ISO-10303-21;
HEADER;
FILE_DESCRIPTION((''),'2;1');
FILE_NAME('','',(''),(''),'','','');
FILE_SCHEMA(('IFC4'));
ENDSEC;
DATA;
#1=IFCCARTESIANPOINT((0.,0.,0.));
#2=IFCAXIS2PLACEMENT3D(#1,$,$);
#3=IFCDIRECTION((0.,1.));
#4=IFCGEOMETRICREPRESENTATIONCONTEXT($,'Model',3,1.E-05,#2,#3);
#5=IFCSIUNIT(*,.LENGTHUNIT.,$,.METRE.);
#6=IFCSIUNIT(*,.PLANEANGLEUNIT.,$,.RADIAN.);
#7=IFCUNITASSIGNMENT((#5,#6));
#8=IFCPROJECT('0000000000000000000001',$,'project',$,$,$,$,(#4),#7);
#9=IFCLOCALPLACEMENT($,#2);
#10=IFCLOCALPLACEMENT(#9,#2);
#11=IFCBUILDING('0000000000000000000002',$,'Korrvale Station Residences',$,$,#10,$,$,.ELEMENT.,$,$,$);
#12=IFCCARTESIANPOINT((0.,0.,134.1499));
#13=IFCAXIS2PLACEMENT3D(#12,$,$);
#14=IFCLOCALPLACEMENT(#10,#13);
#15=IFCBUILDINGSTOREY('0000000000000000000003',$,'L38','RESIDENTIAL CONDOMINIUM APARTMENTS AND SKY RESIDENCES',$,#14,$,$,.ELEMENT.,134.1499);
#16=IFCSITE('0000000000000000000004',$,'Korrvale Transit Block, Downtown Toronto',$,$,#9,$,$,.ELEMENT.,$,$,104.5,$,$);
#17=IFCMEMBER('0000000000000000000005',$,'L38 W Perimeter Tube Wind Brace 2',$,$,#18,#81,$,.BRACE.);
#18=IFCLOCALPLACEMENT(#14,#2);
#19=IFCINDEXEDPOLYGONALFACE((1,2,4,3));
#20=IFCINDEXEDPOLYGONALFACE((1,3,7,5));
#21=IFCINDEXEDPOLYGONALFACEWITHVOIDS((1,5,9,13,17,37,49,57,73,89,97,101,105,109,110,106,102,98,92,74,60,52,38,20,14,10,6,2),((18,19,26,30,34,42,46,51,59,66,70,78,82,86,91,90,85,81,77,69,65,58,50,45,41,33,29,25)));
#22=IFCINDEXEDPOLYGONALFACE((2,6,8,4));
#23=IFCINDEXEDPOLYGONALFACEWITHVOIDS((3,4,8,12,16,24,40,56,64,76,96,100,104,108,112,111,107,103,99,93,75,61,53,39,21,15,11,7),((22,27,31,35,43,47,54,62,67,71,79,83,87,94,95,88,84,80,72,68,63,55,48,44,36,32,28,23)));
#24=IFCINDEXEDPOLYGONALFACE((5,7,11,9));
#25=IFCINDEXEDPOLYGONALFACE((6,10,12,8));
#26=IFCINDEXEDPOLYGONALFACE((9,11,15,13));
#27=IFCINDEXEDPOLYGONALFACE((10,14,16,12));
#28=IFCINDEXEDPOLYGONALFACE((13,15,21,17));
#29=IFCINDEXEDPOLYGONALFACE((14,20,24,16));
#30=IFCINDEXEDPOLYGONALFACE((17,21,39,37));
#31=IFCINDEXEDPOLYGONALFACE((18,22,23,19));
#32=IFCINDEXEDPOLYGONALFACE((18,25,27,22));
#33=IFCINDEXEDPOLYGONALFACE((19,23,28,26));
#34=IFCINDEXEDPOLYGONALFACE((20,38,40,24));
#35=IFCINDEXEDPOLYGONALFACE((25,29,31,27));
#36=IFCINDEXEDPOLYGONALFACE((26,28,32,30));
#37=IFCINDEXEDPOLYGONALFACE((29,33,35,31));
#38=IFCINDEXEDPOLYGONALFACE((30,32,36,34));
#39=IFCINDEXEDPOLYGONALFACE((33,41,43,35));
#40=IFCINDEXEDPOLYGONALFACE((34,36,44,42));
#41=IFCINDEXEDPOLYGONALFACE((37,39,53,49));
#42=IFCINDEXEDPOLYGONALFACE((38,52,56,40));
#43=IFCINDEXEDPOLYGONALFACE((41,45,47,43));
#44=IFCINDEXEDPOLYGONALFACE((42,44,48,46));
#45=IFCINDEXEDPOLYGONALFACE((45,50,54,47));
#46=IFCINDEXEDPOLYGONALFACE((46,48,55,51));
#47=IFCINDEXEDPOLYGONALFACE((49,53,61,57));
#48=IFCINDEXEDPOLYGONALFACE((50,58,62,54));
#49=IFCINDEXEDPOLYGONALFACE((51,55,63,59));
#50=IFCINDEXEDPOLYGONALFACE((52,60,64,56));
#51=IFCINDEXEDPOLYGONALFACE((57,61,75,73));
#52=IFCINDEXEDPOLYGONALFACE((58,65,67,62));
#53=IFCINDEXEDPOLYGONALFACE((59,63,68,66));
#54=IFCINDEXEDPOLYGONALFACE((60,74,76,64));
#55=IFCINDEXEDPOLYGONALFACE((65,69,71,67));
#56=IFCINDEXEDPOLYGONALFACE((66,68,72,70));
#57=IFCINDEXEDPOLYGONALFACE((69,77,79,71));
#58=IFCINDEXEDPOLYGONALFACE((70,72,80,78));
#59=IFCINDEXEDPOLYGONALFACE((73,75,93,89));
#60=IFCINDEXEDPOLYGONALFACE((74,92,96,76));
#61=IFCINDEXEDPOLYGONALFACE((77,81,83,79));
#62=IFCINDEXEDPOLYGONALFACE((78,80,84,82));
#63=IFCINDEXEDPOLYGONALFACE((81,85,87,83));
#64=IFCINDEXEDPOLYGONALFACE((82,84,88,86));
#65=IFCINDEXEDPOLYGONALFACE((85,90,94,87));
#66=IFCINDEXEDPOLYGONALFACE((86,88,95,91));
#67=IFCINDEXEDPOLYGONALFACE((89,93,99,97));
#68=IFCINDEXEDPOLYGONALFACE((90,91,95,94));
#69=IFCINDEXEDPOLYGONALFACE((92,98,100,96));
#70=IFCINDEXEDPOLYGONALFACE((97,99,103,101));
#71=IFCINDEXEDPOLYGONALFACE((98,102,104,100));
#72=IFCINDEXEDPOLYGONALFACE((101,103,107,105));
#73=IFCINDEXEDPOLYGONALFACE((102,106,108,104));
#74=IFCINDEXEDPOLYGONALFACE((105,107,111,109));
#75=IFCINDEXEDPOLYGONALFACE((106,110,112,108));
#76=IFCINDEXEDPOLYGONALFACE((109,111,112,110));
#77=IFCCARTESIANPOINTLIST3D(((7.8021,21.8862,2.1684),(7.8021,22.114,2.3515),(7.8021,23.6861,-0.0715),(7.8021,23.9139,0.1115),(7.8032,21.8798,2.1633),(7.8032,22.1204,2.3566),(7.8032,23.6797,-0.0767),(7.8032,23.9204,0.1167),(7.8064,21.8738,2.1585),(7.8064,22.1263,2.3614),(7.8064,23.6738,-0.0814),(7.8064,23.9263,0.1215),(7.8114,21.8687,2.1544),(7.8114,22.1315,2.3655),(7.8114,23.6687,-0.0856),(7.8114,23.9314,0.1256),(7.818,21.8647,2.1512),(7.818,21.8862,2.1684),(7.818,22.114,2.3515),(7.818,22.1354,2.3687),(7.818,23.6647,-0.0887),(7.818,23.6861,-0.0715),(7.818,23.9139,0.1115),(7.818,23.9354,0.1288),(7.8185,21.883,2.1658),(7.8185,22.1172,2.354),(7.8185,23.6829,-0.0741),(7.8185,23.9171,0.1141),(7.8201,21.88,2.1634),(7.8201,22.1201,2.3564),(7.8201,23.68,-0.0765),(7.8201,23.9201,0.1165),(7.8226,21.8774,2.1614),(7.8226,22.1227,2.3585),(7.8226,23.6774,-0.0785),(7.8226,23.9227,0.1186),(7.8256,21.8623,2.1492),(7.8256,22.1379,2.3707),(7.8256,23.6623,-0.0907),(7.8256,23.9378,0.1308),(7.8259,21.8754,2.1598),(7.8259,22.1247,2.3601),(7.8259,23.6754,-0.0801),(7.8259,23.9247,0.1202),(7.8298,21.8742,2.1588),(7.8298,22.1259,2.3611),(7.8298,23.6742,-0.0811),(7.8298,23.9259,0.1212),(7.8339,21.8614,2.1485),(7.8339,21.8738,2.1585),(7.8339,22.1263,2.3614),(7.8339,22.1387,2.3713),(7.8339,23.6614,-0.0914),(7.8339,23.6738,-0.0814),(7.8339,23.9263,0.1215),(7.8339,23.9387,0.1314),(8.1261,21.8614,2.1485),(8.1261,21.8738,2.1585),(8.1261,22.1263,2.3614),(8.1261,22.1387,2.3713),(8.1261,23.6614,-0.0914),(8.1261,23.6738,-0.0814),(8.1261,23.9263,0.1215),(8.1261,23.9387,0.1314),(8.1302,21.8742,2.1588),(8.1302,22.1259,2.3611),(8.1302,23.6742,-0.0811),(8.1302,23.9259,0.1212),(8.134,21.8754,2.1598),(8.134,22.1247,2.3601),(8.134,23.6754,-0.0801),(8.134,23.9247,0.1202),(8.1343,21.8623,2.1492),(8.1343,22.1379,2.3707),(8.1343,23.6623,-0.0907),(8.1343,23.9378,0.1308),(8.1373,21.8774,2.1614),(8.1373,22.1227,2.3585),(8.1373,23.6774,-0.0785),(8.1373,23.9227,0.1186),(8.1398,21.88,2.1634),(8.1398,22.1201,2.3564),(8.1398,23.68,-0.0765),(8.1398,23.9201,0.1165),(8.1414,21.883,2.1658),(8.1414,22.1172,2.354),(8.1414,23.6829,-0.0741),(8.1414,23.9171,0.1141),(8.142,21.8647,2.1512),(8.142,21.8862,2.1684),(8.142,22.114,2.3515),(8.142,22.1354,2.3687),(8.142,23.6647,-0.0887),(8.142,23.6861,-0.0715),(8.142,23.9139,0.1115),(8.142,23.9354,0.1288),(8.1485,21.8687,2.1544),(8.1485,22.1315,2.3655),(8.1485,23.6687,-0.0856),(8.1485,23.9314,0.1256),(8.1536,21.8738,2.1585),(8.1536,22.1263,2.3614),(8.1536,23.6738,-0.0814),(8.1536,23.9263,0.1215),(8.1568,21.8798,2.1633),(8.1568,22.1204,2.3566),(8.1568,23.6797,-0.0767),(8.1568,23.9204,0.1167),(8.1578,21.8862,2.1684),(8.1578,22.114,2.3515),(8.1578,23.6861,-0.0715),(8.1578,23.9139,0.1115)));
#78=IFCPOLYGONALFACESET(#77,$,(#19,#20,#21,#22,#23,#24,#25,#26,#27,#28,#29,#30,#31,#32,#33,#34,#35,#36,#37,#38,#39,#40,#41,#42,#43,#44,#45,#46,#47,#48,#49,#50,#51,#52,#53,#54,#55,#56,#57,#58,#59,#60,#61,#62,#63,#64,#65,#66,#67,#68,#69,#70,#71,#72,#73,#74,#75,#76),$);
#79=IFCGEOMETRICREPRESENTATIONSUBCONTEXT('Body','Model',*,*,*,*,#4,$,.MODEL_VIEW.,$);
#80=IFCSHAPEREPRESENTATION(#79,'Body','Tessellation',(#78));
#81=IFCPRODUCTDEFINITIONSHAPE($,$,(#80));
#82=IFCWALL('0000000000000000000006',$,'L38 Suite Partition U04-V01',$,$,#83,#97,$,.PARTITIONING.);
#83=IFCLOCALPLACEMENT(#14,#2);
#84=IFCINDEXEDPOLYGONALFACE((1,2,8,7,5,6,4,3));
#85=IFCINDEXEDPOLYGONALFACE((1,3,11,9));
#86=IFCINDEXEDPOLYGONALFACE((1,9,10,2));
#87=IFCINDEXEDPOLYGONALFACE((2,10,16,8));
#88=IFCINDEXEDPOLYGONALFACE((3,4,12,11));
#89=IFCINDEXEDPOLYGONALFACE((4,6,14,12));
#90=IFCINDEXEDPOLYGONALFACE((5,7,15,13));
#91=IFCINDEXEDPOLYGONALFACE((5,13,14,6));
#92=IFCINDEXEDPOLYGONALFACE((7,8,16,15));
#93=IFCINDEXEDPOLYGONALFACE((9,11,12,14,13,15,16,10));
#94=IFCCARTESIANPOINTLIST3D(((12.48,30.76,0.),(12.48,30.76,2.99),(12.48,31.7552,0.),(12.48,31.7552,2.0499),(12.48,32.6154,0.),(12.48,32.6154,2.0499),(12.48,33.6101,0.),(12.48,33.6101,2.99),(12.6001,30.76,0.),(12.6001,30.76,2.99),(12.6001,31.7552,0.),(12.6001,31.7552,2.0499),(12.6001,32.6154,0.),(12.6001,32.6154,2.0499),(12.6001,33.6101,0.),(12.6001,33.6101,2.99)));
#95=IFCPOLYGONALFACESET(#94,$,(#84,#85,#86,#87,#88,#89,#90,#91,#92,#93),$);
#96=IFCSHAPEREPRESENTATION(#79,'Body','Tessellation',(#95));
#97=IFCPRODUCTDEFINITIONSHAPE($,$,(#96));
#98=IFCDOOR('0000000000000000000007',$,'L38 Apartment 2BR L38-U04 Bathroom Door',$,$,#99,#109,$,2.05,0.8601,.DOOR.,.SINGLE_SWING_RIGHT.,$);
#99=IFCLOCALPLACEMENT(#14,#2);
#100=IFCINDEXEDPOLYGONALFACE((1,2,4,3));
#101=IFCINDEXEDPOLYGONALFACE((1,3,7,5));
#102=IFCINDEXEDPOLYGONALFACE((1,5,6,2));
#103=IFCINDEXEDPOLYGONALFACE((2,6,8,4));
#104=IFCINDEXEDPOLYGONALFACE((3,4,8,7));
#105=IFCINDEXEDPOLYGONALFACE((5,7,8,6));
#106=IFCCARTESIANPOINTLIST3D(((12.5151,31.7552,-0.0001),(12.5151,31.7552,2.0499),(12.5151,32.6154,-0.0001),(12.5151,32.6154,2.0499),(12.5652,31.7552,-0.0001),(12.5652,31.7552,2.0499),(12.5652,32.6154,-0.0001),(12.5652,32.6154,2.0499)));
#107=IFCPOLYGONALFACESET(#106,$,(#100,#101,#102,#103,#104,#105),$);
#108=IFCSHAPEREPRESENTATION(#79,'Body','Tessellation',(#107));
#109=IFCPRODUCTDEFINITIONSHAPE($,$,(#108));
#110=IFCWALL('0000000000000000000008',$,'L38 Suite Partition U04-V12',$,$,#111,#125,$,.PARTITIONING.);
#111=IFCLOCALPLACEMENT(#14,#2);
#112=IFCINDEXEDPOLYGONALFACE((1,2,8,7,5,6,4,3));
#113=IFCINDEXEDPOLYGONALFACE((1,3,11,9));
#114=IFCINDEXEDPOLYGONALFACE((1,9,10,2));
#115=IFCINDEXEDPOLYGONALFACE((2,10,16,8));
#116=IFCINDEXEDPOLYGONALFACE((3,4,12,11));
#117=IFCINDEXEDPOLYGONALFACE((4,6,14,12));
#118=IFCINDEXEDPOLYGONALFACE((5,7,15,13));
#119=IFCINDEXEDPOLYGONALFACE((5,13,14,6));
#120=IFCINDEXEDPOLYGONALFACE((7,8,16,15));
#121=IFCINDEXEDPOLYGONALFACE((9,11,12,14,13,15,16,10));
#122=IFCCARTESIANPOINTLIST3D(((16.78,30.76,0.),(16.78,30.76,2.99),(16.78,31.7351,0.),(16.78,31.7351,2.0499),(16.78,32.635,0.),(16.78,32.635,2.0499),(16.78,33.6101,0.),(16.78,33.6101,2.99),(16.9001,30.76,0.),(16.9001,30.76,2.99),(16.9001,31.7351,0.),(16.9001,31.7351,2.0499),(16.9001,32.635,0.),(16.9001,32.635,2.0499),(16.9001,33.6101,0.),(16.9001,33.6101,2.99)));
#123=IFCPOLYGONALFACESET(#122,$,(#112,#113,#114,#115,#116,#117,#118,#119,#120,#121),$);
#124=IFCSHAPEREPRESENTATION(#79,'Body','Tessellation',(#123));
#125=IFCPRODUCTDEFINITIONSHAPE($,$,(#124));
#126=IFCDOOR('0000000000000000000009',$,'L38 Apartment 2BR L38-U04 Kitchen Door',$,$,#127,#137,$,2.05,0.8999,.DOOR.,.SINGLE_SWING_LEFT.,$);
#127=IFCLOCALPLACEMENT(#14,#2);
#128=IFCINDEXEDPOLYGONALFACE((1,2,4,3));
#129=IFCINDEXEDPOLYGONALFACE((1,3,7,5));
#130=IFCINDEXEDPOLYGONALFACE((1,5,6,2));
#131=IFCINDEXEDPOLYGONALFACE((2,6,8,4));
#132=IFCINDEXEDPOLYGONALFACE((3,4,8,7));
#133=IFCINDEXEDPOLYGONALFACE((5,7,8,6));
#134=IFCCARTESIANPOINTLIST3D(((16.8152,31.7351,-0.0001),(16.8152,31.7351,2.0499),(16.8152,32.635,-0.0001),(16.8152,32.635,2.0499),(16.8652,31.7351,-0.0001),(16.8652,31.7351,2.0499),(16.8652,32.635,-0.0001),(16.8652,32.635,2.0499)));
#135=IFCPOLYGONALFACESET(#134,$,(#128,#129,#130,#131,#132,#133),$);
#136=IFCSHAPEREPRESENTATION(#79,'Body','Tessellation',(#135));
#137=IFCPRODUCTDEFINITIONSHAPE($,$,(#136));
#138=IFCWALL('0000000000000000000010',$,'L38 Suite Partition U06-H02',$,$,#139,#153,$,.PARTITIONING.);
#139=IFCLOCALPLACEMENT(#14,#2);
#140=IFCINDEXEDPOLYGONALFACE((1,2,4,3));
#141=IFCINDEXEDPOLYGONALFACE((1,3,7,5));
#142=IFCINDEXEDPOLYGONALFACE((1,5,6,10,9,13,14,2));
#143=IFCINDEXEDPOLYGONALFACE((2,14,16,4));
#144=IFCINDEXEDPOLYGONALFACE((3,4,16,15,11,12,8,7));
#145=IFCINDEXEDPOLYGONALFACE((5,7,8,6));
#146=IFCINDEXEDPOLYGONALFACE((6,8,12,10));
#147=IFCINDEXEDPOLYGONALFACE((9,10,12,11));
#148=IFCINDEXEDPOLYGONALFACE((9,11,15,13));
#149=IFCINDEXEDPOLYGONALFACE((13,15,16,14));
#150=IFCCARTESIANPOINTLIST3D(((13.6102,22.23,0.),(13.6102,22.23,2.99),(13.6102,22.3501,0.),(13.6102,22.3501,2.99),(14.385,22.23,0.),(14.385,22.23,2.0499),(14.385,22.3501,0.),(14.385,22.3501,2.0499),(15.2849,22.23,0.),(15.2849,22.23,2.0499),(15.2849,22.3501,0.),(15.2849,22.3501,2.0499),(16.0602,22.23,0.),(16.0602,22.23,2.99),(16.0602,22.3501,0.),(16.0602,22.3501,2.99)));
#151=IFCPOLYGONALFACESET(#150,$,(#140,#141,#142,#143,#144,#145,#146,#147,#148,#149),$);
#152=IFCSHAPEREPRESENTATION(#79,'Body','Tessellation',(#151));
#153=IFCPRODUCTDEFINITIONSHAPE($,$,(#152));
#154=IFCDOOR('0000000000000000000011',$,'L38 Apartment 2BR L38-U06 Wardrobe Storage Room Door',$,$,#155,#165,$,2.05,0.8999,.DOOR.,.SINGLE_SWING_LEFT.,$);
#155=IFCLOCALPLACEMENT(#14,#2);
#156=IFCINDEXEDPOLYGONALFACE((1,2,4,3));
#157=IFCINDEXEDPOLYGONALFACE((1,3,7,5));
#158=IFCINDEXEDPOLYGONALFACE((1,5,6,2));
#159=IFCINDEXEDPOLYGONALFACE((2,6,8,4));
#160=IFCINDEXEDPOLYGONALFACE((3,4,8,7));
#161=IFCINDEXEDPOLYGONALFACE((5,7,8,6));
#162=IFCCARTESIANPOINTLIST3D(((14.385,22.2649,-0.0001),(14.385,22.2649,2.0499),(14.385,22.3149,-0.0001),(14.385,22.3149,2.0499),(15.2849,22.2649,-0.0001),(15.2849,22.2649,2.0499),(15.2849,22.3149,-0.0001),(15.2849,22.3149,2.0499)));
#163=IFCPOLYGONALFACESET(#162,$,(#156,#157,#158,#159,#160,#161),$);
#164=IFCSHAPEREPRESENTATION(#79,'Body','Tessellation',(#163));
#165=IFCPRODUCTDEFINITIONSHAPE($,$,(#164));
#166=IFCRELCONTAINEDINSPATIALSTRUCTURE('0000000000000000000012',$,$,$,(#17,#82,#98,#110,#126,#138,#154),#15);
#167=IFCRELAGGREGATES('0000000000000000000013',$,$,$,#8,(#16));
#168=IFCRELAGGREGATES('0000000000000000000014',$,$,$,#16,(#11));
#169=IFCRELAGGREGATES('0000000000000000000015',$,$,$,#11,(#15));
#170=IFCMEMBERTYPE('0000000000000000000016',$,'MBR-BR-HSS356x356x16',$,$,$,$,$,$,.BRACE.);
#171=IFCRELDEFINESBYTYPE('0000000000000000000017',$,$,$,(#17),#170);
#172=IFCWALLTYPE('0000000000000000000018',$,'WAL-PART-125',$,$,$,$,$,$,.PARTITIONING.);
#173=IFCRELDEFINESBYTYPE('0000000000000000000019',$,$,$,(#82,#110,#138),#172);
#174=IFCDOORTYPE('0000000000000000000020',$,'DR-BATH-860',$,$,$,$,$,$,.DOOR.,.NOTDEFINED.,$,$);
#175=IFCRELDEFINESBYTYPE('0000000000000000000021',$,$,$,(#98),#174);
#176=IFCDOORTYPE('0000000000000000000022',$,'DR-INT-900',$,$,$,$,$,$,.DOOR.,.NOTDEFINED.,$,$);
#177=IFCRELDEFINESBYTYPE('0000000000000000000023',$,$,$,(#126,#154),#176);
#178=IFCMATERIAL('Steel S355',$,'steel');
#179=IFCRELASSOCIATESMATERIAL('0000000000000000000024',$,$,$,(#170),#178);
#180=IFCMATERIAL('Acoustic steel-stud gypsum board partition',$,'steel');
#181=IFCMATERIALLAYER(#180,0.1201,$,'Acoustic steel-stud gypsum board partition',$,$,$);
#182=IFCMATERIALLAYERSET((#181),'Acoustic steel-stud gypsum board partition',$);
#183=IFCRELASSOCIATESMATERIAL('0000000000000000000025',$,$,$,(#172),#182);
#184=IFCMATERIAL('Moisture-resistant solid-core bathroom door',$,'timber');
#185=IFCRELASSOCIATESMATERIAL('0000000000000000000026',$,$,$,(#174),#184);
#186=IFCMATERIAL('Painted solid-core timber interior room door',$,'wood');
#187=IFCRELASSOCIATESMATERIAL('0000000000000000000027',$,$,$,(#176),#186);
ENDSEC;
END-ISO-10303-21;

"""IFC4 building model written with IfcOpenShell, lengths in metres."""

from ifc_helpers import new_model, si_unit, direction, frame, frame_2d, origin, origin_2d, place, context, subcontext, project, spatial, rectangle, hollow_rectangle, extrude, material, layer, layer_set, material_profile, profile_set, type_object, element, fill, save


model = new_model("IFC4")

# Units and contexts
model_context = context("Model", 3, precision=1e-05, world=origin(), true_north=direction((0.0, 1.0)))
body_context = subcontext(model_context, "Body", "Model", "MODEL_VIEW")
ifc_project = project(units=[si_unit("LENGTHUNIT", "METRE"), si_unit("PLANEANGLEUNIT", "RADIAN")], contexts=[model_context])

# Site, building, storey
site_placement = place(None, origin())
site = spatial("IfcSite", under=ifc_project, at=site_placement, Name="Korrvale Transit Block, Downtown Toronto", CompositionType="ELEMENT", RefElevation=104.5)
building_placement = place(site_placement, origin())
building = spatial("IfcBuilding", under=site, at=building_placement, Name="Korrvale Station Residences", CompositionType="ELEMENT")
storey_placement = place(building_placement, frame((0.0, 0.0, 134.1499)))
storey = spatial("IfcBuildingStorey", under=building, at=storey_placement, Name="L38", Description="RESIDENTIAL CONDOMINIUM APARTMENTS AND SKY RESIDENCES", CompositionType="ELEMENT", Elevation=134.1499)

# Shared definitions
ifc_material_1 = material(Name="Steel S355", Category="steel")

# Member
ifc_material_profile_1 = material_profile(ifc_material_1, hollow_rectangle(XDim=0.3557, YDim=0.3557, WallThickness=0.0159, InnerFilletRadius=0.0159, OuterFilletRadius=0.0317, at=origin_2d()), Name="HSS356x356x16")
ifc_profile_set_1 = profile_set([ifc_material_profile_1], Name="Steel S355")
member_type = type_object("IfcMemberType", Name="MBR-BR-HSS356x356x16", PredefinedType="BRACE", material=ifc_profile_set_1)
member_placement = place(storey_placement, frame((7.98, 23.8, 0.02), z_axis=(0.0, -0.626403, 0.779499), x_axis=(1.0, 0.0, 0.0)))
element("IfcMember", 1, at=member_placement, inside=storey, type_object=member_type, Name="L38 W Perimeter Tube Wind Brace 2", PredefinedType="BRACE", context=body_context, shape_type="SweptSolid", body=[
    extrude(hollow_rectangle(XDim=0.3557, YDim=0.3557, WallThickness=0.0159, InnerFilletRadius=0.0159, OuterFilletRadius=0.0317, at=origin_2d()), origin(), (0.0, 0.0, 1.0), 2.8735),
])

# Walls, openings, doors
ifc_material_2 = material(Name="Acoustic steel-stud gypsum board partition", Category="steel")
ifc_layer_1 = layer(ifc_material_2, 0.1201, Name="Acoustic steel-stud gypsum board partition")
ifc_layer_set_1 = layer_set([ifc_layer_1], Name="Acoustic steel-stud gypsum board partition")
wall_type_1 = type_object("IfcWallType", Name="WAL-PART-125", PredefinedType="PARTITIONING", material=ifc_layer_set_1)
wall_1_placement = place(storey_placement, frame((12.54, 30.76, 0.0), z_axis=(0.0, 0.0, 1.0), x_axis=(0.0, 1.0, 0.0)))
wall_1 = element("IfcWall", 2, at=wall_1_placement, inside=storey, type_object=wall_type_1, Name="L38 Suite Partition U04-V01", PredefinedType="PARTITIONING", context=body_context, shape_type="SweptSolid", body=[
    extrude(rectangle(XDim=2.8501, YDim=0.1201, at=frame_2d((1.425, 0.0))), origin(), (0.0, 0.0, 1.0), 2.99),
])
opening_1_placement = place(wall_1_placement, frame((0.9951, 0.0, 0.0)))
opening_1 = element("IfcOpeningElement", 3, at=opening_1_placement, cuts=wall_1, PredefinedType="OPENING", context=body_context, shape_type="SweptSolid", body=[
    extrude(rectangle(XDim=0.8601, YDim=2.05, at=frame_2d((0.4302, 1.0249))), frame((0.0, 0.0701, 0.0), z_axis=(0.0, -1.0, 0.0), x_axis=(1.0, 0.0, 0.0)), (0.0, 0.0, 1.0), 0.1401),
])
ifc_material_3 = material(Name="Moisture-resistant solid-core bathroom door", Category="timber")
door_type_1 = type_object("IfcDoorType", Name="DR-BATH-860", OperationType="NOTDEFINED", PredefinedType="DOOR", material=ifc_material_3)
door_1_placement = place(opening_1_placement, origin())
door_1 = element("IfcDoor", 4, at=door_1_placement, inside=storey, type_object=door_type_1, Name="L38 Apartment 2BR L38-U04 Bathroom Door", OperationType="SINGLE_SWING_RIGHT", OverallHeight=2.05, OverallWidth=0.8601, PredefinedType="DOOR", context=body_context, shape_type="SweptSolid", body=[
    extrude(rectangle(XDim=0.8601, YDim=2.05, at=frame_2d((0.4302, 1.0249))), frame((0.0, 0.0249, 0.0), z_axis=(0.0, -1.0, 0.0), x_axis=(1.0, 0.0, 0.0)), (0.0, 0.0, 1.0), 0.05),
])
fill(opening_1, door_1)
wall_2_placement = place(storey_placement, frame((16.8401, 30.76, 0.0), z_axis=(0.0, 0.0, 1.0), x_axis=(0.0, 1.0, 0.0)))
wall_2 = element("IfcWall", 5, at=wall_2_placement, inside=storey, type_object=wall_type_1, Name="L38 Suite Partition U04-V12", PredefinedType="PARTITIONING", context=body_context, shape_type="SweptSolid", body=[
    extrude(rectangle(XDim=2.8501, YDim=0.1201, at=frame_2d((1.425, 0.0))), origin(), (0.0, 0.0, 1.0), 2.99),
])
opening_2_placement = place(wall_2_placement, frame((0.9751, 0.0, 0.0)))
opening_2 = element("IfcOpeningElement", 6, at=opening_2_placement, cuts=wall_2, PredefinedType="OPENING", context=body_context, shape_type="SweptSolid", body=[
    extrude(rectangle(XDim=0.8999, YDim=2.05, at=frame_2d((0.45, 1.0249))), frame((0.0, 0.0701, 0.0), z_axis=(0.0, -1.0, 0.0), x_axis=(1.0, 0.0, 0.0)), (0.0, 0.0, 1.0), 0.1401),
])
ifc_material_4 = material(Name="Painted solid-core timber interior room door", Category="wood")
door_type_2 = type_object("IfcDoorType", Name="DR-INT-900", OperationType="NOTDEFINED", PredefinedType="DOOR", material=ifc_material_4)
door_2_placement = place(opening_2_placement, origin())
door_2 = element("IfcDoor", 7, at=door_2_placement, inside=storey, type_object=door_type_2, Name="L38 Apartment 2BR L38-U04 Kitchen Door", OperationType="SINGLE_SWING_LEFT", OverallHeight=2.05, OverallWidth=0.8999, PredefinedType="DOOR", context=body_context, shape_type="SweptSolid", body=[
    extrude(rectangle(XDim=0.8999, YDim=2.05, at=frame_2d((0.45, 1.0249))), frame((0.0, 0.0249, 0.0), z_axis=(0.0, -1.0, 0.0), x_axis=(1.0, 0.0, 0.0)), (0.0, 0.0, 1.0), 0.05),
])
fill(opening_2, door_2)
wall_3_placement = place(storey_placement, frame((13.6101, 22.29, 0.0), z_axis=(0.0, 0.0, 1.0), x_axis=(1.0, 0.0, 0.0)))
wall_3 = element("IfcWall", 8, at=wall_3_placement, inside=storey, type_object=wall_type_1, Name="L38 Suite Partition U06-H02", PredefinedType="PARTITIONING", context=body_context, shape_type="SweptSolid", body=[
    extrude(rectangle(XDim=2.45, YDim=0.1201, at=frame_2d((1.2251, 0.0))), origin(), (0.0, 0.0, 1.0), 2.99),
])
opening_3_placement = place(wall_3_placement, frame((0.7749, 0.0, 0.0)))
opening_3 = element("IfcOpeningElement", 9, at=opening_3_placement, cuts=wall_3, PredefinedType="OPENING", context=body_context, shape_type="SweptSolid", body=[
    extrude(rectangle(XDim=0.8999, YDim=2.05, at=frame_2d((0.45, 1.0249))), frame((0.0, 0.0701, 0.0), z_axis=(0.0, -1.0, 0.0), x_axis=(1.0, 0.0, 0.0)), (0.0, 0.0, 1.0), 0.1401),
])
door_3_placement = place(opening_3_placement, origin())
door_3 = element("IfcDoor", 10, at=door_3_placement, inside=storey, type_object=door_type_2, Name="L38 Apartment 2BR L38-U06 Wardrobe Storage Room Door", OperationType="SINGLE_SWING_LEFT", OverallHeight=2.05, OverallWidth=0.8999, PredefinedType="DOOR", context=body_context, shape_type="SweptSolid", body=[
    extrude(rectangle(XDim=0.8999, YDim=2.05, at=frame_2d((0.45, 1.0249))), frame((0.0, 0.0249, 0.0), z_axis=(0.0, -1.0, 0.0), x_axis=(1.0, 0.0, 0.0)), (0.0, 0.0, 1.0), 0.05),
])
fill(opening_3, door_3)

save(model, "model.ifc")
